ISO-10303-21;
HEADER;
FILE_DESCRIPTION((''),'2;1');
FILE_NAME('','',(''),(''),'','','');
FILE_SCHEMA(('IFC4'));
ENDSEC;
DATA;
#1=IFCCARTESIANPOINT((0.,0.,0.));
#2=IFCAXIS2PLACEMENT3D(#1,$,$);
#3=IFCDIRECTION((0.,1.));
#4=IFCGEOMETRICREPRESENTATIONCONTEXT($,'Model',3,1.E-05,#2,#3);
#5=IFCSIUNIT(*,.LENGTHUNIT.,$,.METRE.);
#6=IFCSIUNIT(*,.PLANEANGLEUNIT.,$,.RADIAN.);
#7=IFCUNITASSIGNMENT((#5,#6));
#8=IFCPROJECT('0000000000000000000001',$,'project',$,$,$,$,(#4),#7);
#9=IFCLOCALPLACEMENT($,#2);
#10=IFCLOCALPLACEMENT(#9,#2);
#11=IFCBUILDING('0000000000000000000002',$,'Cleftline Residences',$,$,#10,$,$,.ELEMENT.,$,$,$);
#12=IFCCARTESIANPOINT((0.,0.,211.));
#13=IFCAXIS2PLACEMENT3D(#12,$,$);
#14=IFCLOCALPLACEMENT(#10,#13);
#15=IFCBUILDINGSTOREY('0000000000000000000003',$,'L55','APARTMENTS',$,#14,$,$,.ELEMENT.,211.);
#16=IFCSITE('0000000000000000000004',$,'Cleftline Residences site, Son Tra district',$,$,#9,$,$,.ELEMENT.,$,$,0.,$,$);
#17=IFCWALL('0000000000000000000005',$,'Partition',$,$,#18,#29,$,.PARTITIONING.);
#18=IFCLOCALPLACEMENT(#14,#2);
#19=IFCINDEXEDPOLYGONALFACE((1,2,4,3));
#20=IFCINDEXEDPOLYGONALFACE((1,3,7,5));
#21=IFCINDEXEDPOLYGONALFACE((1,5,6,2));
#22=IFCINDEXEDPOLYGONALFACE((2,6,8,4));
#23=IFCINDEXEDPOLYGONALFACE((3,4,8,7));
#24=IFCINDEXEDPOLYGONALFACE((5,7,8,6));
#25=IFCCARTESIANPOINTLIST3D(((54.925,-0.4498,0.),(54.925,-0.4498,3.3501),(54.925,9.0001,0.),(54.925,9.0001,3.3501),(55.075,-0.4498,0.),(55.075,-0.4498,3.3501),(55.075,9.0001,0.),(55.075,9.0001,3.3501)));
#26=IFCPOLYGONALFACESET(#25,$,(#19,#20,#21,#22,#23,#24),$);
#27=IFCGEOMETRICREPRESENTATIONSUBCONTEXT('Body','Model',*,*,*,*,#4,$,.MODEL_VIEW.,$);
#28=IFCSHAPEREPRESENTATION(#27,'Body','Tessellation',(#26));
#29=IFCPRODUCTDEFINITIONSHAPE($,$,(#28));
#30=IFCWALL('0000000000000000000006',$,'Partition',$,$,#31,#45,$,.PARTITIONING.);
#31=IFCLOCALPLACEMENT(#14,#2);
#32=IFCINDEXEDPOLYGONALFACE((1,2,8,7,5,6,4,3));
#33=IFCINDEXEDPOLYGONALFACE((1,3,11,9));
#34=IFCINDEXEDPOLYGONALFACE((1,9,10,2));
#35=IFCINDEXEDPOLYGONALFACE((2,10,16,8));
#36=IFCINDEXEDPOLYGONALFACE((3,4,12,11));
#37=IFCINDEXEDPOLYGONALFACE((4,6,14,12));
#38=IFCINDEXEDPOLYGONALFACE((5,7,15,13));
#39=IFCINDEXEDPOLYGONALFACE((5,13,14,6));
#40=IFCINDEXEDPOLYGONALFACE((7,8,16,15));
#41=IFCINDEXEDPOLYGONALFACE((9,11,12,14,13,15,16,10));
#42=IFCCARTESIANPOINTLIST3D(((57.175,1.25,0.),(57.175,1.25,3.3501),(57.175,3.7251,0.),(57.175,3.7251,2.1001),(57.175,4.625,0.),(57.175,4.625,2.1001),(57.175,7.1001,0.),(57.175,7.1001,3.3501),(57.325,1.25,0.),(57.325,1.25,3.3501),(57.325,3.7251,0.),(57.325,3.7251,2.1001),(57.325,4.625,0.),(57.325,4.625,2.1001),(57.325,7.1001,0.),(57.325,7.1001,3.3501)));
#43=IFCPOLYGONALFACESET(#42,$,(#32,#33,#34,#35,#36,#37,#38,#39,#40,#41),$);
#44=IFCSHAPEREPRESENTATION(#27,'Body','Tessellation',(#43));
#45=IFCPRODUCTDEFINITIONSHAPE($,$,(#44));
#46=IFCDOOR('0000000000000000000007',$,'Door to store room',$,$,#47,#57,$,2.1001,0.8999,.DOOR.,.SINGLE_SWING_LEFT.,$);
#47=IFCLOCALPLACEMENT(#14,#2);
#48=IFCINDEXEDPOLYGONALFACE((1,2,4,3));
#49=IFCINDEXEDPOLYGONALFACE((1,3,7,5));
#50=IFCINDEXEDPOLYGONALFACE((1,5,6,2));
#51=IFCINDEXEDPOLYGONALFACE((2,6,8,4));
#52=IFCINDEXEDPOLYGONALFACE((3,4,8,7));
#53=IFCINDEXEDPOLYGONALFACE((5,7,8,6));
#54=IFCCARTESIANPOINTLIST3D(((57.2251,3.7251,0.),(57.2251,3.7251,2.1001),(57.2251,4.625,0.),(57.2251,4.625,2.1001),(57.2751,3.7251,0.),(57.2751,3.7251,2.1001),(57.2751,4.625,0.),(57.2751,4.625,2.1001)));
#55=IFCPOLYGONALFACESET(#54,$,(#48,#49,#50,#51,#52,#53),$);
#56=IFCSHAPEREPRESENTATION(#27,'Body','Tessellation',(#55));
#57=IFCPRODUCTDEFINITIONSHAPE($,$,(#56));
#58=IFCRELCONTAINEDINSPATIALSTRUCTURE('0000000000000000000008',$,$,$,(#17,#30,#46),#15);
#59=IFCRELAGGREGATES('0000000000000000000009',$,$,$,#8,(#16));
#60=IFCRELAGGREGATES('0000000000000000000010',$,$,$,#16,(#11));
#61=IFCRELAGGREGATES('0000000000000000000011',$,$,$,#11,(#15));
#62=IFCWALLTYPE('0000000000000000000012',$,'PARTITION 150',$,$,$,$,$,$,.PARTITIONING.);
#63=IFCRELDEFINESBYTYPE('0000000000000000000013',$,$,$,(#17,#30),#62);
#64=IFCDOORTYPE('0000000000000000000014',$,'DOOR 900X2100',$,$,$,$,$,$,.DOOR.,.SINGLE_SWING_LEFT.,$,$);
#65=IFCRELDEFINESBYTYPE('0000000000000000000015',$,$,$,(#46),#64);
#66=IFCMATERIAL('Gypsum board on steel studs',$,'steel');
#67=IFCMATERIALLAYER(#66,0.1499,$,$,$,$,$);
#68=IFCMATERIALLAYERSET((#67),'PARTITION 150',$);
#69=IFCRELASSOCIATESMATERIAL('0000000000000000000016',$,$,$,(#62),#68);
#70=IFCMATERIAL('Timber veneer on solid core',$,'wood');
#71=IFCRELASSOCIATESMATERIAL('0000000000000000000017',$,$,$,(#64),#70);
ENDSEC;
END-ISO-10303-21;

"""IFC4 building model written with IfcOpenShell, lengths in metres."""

from ifc_helpers import new_model, si_unit, direction, frame, frame_2d, origin, place, context, subcontext, project, spatial, rectangle, extrude, material, layer, layer_set, type_object, element, fill, save


model = new_model("IFC4")

# Units and contexts
model_context = context("Model", 3, precision=1e-05, world=origin(), true_north=direction((0.0, 1.0)))
body_context = subcontext(model_context, "Body", "Model", "MODEL_VIEW")
ifc_project = project(units=[si_unit("LENGTHUNIT", "METRE"), si_unit("PLANEANGLEUNIT", "RADIAN")], contexts=[model_context])

# Site, building, storey
site_placement = place(None, origin())
site = spatial("IfcSite", under=ifc_project, at=site_placement, Name="Cleftline Residences site, Son Tra district", CompositionType="ELEMENT", RefElevation=0.0)
building_placement = place(site_placement, origin())
building = spatial("IfcBuilding", under=site, at=building_placement, Name="Cleftline Residences", CompositionType="ELEMENT")
storey_placement = place(building_placement, frame((0.0, 0.0, 211.0)))
storey = spatial("IfcBuildingStorey", under=building, at=storey_placement, Name="L55", Description="APARTMENTS", CompositionType="ELEMENT", Elevation=211.0)

# Wall
ifc_material_1 = material(Name="Gypsum board on steel studs", Category="steel")
ifc_layer_1 = layer(ifc_material_1, 0.1499)
ifc_layer_set_1 = layer_set([ifc_layer_1], Name="PARTITION 150")
wall_type_1 = type_object("IfcWallType", Name="PARTITION 150", PredefinedType="PARTITIONING", material=ifc_layer_set_1)
wall_1_placement = place(storey_placement, frame((55.0, -0.45, 0.0), z_axis=(0.0, 0.0, 1.0), x_axis=(0.0, 1.0, 0.0)))
element("IfcWall", 1, at=wall_1_placement, inside=storey, type_object=wall_type_1, Name="Partition", PredefinedType="PARTITIONING", context=body_context, shape_type="SweptSolid", body=[
    extrude(rectangle(XDim=9.45, YDim=0.1499, at=frame_2d((4.7251, 0.0))), origin(), (0.0, 0.0, 1.0), 3.3501),
])

# Wall, opening, door
wall_2_placement = place(storey_placement, frame((57.25, 1.25, 0.0), z_axis=(0.0, 0.0, 1.0), x_axis=(0.0, 1.0, 0.0)))
wall_2 = element("IfcWall", 2, at=wall_2_placement, inside=storey, type_object=wall_type_1, Name="Partition", PredefinedType="PARTITIONING", context=body_context, shape_type="SweptSolid", body=[
    extrude(rectangle(XDim=5.8501, YDim=0.1499, at=frame_2d((2.925, 0.0))), origin(), (0.0, 0.0, 1.0), 3.3501),
])
opening_1_placement = place(wall_2_placement, frame((2.4751, 0.0, 0.0)))
opening_1 = element("IfcOpeningElement", 3, at=opening_1_placement, cuts=wall_2, PredefinedType="OPENING", context=body_context, shape_type="SweptSolid", body=[
    extrude(rectangle(XDim=0.8999, YDim=2.1001, at=frame_2d((0.45, 1.05))), frame((0.0, 0.085, 0.0), z_axis=(0.0, -1.0, 0.0), x_axis=(1.0, 0.0, 0.0)), (0.0, 0.0, 1.0), 0.1699),
])
ifc_material_2 = material(Name="Timber veneer on solid core", Category="wood")
door_type = type_object("IfcDoorType", Name="DOOR 900X2100", OperationType="SINGLE_SWING_LEFT", PredefinedType="DOOR", material=ifc_material_2)
door_placement = place(opening_1_placement, origin())
door = element("IfcDoor", 4, at=door_placement, inside=storey, type_object=door_type, Name="Door to store room", OperationType="SINGLE_SWING_LEFT", OverallHeight=2.1001, OverallWidth=0.8999, PredefinedType="DOOR", context=body_context, shape_type="SweptSolid", body=[
    extrude(rectangle(XDim=0.8999, YDim=2.1001, at=frame_2d((0.45, 1.05))), frame((0.0, 0.0249, 0.0), z_axis=(0.0, -1.0, 0.0), x_axis=(1.0, 0.0, 0.0)), (0.0, 0.0, 1.0), 0.05),
])
fill(opening_1, door)

save(model, "model.ifc")
